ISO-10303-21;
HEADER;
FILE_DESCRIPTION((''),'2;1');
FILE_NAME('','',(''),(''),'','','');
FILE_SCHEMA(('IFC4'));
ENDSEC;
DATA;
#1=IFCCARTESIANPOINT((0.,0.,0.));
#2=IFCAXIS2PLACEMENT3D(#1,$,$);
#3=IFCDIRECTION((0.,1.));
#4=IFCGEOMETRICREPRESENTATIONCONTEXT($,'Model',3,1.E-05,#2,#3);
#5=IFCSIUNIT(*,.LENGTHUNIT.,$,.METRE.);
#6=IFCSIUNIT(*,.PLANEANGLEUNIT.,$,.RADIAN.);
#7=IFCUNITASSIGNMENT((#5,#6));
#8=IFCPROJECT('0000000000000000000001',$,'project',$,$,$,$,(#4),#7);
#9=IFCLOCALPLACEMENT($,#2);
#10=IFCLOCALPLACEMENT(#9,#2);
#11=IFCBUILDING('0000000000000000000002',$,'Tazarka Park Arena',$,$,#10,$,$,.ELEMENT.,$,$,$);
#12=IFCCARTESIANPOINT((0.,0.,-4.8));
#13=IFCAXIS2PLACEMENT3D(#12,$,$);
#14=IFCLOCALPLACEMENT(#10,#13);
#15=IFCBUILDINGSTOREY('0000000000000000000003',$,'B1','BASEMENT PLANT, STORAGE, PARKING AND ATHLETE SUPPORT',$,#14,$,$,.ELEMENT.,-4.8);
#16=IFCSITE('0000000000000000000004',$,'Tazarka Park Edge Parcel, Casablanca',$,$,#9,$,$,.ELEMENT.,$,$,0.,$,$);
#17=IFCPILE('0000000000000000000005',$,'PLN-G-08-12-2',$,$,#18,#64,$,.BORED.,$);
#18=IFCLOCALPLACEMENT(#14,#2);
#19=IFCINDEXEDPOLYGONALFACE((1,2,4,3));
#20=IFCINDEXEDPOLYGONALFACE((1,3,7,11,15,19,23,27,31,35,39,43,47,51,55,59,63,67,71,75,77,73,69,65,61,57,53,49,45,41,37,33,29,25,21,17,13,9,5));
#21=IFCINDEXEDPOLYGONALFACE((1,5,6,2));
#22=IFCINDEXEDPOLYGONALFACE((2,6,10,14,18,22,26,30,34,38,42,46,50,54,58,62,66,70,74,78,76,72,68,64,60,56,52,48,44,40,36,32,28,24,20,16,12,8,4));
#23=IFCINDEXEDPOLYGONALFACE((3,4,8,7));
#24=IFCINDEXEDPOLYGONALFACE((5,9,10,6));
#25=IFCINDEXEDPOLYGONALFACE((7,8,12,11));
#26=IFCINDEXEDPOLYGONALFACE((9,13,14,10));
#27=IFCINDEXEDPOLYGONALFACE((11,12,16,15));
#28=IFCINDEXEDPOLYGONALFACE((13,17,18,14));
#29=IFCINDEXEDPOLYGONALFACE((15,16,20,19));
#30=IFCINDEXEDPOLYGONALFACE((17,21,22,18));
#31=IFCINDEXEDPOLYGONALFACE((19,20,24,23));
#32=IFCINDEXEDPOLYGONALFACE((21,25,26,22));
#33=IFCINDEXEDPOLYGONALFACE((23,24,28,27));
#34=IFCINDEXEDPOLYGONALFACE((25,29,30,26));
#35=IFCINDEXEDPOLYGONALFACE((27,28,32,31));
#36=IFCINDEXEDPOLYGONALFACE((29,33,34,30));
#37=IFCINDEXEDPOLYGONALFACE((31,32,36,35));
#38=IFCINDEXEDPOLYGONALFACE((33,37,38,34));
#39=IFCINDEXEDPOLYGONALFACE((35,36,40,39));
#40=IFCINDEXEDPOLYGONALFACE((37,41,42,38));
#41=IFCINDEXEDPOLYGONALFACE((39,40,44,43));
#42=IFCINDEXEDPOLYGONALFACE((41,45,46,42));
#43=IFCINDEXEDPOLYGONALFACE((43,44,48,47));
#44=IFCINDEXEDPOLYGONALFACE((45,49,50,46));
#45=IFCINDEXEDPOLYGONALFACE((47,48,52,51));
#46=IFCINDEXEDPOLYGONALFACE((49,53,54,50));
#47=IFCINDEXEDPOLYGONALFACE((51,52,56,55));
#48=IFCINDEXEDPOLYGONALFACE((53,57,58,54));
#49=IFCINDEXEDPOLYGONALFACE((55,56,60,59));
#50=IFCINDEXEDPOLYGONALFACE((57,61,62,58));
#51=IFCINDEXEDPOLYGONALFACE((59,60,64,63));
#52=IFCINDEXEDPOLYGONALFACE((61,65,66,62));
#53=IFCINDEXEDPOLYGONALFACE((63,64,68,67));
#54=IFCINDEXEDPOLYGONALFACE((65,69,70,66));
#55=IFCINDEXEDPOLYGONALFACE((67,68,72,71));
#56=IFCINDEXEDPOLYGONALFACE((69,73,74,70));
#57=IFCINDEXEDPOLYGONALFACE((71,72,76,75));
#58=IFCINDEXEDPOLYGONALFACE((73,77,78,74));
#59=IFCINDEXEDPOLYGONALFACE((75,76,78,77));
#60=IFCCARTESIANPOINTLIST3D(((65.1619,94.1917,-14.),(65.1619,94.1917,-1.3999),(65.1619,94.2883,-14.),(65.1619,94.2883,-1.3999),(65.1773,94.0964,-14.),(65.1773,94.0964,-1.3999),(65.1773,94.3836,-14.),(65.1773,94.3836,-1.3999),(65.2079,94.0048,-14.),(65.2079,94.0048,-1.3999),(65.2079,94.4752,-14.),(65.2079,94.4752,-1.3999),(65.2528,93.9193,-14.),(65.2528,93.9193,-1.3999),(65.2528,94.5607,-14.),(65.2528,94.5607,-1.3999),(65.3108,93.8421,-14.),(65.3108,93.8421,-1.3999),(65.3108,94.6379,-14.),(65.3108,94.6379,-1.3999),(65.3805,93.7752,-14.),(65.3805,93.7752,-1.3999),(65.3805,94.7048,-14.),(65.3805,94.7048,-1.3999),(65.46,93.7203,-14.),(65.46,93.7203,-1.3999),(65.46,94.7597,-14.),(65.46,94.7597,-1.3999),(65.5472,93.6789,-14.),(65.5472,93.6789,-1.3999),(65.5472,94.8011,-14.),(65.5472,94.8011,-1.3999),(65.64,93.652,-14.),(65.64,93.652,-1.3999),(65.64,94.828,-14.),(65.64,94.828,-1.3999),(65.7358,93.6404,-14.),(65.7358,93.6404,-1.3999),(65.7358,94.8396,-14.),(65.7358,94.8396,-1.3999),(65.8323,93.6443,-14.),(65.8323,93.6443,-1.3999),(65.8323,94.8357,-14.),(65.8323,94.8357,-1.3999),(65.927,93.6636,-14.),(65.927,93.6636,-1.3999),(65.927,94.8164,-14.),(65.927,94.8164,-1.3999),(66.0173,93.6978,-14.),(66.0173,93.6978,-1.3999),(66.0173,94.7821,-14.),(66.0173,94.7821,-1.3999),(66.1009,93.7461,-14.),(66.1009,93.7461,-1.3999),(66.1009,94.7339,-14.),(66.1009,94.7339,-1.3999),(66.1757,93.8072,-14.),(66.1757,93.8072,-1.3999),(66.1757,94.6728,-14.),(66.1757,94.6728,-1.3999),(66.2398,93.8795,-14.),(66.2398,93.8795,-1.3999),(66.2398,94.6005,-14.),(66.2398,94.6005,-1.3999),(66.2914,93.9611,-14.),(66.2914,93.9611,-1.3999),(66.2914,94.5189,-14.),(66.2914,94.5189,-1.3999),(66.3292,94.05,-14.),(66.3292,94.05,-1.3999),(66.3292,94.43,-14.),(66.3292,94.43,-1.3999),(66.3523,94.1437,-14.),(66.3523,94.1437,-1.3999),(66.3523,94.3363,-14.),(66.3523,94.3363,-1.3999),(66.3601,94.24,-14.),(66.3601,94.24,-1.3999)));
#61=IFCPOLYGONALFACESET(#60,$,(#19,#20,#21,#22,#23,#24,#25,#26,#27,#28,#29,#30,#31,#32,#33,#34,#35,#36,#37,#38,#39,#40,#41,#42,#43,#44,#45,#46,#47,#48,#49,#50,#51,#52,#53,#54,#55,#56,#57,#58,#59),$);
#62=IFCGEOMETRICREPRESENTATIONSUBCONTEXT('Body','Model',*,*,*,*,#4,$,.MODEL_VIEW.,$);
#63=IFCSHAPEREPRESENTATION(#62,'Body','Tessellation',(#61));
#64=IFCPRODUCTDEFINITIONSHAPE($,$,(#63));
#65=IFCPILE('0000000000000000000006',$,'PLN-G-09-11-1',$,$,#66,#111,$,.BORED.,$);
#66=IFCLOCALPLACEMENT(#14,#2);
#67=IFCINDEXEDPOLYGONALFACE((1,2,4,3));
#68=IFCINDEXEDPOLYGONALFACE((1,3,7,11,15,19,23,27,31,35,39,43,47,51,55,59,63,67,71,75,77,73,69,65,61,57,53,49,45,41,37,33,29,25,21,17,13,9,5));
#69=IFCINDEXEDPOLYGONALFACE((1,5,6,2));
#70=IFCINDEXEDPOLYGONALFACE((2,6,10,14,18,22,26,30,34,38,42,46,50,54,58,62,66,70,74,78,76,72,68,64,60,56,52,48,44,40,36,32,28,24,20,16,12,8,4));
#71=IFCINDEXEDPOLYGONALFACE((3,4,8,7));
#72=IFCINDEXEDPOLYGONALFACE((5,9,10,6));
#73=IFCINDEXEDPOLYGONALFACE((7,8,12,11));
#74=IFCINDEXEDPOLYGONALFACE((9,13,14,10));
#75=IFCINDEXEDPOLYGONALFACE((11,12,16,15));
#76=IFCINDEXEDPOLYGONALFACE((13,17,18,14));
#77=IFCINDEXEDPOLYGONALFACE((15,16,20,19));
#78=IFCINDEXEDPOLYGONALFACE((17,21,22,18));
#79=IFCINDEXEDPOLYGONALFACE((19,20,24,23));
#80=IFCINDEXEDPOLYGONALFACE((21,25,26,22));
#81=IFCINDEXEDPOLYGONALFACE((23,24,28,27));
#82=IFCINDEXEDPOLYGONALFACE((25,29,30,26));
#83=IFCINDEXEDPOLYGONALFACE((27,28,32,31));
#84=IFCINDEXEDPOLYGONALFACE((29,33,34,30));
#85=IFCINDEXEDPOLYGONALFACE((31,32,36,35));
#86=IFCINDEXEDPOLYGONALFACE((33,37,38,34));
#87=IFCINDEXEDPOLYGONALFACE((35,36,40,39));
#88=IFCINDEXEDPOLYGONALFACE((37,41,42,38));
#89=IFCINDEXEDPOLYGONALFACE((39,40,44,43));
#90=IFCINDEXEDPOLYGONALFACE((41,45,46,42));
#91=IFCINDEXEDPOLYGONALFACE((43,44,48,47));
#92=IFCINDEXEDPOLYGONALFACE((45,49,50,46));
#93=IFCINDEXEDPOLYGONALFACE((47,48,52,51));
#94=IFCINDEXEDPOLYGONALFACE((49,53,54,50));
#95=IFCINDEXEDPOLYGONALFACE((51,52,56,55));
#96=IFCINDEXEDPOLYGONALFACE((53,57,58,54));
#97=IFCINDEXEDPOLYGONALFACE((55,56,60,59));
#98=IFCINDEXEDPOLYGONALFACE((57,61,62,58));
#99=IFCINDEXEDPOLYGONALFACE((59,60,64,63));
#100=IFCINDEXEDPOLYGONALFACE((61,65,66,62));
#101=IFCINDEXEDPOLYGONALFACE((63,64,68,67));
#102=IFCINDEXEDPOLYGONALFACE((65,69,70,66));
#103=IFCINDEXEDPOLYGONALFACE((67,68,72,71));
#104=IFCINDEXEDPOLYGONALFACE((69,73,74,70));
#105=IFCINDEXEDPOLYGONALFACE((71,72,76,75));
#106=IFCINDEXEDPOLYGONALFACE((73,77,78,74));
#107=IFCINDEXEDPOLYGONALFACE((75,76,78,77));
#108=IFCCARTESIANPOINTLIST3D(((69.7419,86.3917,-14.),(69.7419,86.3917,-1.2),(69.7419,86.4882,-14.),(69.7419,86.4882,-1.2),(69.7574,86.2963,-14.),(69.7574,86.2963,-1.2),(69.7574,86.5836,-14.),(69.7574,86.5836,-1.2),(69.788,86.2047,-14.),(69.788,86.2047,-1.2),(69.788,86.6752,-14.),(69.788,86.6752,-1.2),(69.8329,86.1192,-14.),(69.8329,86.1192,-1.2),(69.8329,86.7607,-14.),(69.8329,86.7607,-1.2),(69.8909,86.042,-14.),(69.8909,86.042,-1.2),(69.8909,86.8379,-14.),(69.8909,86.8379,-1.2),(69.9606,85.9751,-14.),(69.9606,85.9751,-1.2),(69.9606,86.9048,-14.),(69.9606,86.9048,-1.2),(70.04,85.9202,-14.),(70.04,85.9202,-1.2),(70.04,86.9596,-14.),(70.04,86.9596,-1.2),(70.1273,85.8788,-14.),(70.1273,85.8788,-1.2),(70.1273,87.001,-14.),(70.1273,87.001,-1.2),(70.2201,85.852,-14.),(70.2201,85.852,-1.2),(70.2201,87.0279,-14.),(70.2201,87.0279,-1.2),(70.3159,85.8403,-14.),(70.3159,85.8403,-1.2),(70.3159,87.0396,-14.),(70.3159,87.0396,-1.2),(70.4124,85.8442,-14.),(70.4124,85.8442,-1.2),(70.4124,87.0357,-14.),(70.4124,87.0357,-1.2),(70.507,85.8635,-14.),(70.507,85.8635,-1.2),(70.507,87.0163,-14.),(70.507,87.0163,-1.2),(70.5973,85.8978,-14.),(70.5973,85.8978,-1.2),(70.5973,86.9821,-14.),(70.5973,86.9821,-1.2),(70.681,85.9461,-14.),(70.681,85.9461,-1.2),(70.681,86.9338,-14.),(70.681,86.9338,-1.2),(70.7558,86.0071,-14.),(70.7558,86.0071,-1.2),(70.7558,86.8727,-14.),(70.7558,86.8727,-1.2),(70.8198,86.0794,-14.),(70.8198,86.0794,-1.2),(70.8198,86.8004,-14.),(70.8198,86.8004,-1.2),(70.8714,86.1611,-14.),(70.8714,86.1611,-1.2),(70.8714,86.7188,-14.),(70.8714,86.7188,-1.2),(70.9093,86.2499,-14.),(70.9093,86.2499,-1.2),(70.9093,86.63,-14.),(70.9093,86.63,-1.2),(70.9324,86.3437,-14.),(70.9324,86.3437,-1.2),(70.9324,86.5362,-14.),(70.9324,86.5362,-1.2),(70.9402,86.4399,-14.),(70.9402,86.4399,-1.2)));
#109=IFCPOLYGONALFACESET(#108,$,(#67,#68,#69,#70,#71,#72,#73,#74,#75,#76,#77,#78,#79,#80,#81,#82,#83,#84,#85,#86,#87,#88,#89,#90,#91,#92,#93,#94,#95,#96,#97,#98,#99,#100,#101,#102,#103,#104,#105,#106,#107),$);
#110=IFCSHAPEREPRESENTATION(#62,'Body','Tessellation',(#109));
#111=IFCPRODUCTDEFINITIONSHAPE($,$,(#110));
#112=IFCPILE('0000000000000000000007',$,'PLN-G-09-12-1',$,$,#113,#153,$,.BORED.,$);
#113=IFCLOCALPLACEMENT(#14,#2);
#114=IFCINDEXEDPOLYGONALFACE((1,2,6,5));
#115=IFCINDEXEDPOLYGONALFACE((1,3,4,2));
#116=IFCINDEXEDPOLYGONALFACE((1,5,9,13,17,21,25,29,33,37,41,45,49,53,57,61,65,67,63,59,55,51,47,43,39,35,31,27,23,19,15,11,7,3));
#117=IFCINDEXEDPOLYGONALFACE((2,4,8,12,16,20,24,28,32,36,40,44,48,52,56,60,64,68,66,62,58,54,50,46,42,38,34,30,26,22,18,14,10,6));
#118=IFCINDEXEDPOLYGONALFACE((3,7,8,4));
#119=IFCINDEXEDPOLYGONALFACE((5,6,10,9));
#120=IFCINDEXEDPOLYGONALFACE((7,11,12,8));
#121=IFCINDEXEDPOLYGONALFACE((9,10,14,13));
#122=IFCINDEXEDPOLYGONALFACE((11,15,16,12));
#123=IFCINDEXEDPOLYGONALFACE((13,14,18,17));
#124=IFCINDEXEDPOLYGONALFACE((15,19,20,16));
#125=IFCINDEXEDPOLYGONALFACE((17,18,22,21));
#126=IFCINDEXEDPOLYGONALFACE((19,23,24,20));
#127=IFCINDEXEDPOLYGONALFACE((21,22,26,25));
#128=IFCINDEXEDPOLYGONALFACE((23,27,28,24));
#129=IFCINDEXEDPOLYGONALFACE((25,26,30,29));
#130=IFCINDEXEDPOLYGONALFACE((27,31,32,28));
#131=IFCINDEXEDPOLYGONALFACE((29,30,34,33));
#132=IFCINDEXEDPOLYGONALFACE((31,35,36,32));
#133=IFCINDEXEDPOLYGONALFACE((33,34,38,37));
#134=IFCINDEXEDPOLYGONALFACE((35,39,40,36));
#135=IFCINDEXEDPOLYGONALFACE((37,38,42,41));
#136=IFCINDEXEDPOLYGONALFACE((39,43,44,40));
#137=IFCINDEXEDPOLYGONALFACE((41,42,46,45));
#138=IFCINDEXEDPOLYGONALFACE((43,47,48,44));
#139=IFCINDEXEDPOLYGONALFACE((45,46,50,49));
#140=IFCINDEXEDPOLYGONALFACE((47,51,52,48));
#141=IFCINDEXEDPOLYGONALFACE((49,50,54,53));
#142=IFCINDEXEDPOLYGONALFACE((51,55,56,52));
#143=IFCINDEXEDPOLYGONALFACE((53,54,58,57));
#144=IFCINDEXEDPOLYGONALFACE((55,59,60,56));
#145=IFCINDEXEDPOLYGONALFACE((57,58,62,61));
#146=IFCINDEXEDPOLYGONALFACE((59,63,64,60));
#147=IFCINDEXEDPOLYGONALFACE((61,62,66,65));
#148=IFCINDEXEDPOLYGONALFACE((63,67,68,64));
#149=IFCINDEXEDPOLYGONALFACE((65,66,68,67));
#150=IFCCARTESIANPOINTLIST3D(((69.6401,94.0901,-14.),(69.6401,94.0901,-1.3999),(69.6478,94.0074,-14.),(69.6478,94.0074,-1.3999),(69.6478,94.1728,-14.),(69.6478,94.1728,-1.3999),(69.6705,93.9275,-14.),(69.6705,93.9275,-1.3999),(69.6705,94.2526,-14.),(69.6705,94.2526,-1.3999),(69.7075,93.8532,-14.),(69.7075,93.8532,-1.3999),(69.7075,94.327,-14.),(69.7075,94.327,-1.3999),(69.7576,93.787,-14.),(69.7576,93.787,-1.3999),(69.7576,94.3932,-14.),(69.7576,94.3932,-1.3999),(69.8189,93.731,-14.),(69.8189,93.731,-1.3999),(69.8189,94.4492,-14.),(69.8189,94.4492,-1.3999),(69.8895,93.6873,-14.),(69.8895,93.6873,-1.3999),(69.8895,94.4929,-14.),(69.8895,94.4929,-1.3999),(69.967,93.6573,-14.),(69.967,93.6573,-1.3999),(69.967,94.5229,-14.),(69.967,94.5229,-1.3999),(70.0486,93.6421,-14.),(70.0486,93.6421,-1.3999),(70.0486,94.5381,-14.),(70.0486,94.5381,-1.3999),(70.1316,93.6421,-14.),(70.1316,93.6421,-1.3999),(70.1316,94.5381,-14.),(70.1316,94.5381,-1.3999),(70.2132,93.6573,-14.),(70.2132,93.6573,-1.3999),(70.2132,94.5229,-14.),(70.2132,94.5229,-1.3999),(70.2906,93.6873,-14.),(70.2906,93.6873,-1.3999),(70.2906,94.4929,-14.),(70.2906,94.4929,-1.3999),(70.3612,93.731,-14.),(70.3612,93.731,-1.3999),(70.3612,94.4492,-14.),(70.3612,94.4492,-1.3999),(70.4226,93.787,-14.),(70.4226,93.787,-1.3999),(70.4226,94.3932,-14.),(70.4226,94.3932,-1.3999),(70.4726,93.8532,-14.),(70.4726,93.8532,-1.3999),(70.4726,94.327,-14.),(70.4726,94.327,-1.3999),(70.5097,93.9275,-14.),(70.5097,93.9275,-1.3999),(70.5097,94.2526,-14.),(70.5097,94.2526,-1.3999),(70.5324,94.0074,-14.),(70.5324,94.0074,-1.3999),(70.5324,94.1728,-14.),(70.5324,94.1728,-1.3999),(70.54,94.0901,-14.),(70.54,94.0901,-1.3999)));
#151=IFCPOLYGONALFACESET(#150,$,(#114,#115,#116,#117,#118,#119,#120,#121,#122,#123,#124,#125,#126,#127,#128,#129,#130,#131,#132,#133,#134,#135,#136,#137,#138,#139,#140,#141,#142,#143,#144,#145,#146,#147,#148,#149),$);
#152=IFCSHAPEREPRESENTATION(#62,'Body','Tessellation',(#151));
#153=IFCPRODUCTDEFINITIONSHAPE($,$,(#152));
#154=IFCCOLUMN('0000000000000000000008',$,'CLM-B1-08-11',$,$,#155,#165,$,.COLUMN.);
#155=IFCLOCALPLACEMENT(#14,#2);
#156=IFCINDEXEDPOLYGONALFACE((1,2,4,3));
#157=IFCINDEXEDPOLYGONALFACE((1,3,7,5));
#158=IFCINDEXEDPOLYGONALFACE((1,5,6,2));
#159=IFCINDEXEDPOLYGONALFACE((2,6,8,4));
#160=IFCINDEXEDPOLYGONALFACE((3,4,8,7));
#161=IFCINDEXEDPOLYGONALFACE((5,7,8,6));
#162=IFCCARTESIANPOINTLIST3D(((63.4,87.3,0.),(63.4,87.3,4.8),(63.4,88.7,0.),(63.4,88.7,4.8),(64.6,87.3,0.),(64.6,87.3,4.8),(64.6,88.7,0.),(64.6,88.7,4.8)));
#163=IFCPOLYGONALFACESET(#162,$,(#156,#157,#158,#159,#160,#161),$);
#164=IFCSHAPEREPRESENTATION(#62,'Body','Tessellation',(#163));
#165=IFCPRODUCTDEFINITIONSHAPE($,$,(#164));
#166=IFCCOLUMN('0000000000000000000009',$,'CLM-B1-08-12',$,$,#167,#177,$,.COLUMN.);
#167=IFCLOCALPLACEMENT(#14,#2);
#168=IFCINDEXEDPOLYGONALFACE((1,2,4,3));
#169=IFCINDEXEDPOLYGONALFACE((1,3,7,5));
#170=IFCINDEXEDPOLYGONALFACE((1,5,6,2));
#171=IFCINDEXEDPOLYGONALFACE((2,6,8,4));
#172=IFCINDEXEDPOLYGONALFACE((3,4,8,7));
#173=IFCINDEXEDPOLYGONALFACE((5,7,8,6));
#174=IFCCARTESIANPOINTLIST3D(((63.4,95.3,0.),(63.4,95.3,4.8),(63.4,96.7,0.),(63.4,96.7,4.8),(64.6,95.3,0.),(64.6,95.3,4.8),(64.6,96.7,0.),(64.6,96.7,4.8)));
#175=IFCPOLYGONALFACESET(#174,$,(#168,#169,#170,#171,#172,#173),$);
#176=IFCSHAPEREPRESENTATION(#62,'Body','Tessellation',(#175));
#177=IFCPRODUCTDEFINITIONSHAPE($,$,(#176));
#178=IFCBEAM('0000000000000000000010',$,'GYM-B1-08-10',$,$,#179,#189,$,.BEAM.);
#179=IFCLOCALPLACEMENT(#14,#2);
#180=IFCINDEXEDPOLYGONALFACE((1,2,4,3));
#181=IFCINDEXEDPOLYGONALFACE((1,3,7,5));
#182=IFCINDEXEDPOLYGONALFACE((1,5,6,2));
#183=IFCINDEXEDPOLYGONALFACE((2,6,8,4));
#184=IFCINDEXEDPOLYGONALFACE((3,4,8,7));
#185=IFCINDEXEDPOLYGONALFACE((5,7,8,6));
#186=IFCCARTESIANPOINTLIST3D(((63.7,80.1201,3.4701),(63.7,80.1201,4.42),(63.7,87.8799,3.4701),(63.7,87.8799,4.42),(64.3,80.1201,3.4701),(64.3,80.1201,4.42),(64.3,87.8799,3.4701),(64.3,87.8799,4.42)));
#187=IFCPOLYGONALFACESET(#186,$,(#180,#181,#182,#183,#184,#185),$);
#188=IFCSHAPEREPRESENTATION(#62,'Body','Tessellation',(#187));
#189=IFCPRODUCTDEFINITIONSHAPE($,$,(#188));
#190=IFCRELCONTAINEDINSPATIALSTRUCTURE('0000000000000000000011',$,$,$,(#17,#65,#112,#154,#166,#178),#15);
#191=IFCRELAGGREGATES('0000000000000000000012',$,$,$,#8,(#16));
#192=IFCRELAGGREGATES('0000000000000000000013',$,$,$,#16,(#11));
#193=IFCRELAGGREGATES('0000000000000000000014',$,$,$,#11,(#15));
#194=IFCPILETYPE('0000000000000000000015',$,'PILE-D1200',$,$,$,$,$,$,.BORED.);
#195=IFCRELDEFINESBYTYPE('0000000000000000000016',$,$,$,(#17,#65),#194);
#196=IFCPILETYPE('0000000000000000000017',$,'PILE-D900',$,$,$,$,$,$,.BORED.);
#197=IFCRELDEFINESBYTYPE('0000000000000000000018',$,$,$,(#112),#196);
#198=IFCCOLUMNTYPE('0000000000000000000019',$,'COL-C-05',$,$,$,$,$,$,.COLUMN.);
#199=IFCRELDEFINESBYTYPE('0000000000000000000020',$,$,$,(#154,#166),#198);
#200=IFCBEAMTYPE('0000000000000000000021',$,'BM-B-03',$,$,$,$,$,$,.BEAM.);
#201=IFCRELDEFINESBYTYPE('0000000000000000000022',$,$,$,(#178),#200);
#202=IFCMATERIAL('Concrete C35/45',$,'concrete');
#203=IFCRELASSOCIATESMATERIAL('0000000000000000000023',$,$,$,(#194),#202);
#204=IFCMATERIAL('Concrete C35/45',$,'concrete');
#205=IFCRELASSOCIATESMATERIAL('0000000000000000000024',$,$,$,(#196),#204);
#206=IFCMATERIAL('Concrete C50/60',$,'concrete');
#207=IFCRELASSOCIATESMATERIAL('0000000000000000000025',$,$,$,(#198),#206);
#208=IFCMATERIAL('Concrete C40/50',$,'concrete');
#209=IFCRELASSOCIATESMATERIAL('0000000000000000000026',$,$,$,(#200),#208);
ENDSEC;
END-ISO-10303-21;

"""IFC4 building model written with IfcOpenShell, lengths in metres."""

from ifc_helpers import new_model, si_unit, direction, frame, origin, origin_2d, place, context, subcontext, project, spatial, rectangle, circle, extrude, material, material_profile, profile_set, type_object, element, save


model = new_model("IFC4")

# Units and contexts
model_context = context("Model", 3, precision=1e-05, world=origin(), true_north=direction((0.0, 1.0)))
body_context = subcontext(model_context, "Body", "Model", "MODEL_VIEW")
ifc_project = project(units=[si_unit("LENGTHUNIT", "METRE"), si_unit("PLANEANGLEUNIT", "RADIAN")], contexts=[model_context])

# Site, building, storey
site_placement = place(None, origin())
site = spatial("IfcSite", under=ifc_project, at=site_placement, Name="Tazarka Park Edge Parcel, Casablanca", CompositionType="ELEMENT", RefElevation=0.0)
building_placement = place(site_placement, origin())
building = spatial("IfcBuilding", under=site, at=building_placement, Name="Tazarka Park Arena", CompositionType="ELEMENT")
storey_placement = place(building_placement, frame((0.0, 0.0, -4.8)))
storey = spatial("IfcBuildingStorey", under=building, at=storey_placement, Name="B1", Description="BASEMENT PLANT, STORAGE, PARKING AND ATHLETE SUPPORT", CompositionType="ELEMENT", Elevation=-4.8)

# Piles
ifc_material_1 = material(Name="Concrete C35/45", Category="concrete")
ifc_material_profile_1 = material_profile(ifc_material_1, circle(Radius=0.6001, at=origin_2d()), Name="Concrete C35/45")
ifc_profile_set_1 = profile_set([ifc_material_profile_1], Name="Concrete C35/45")
pile_type_1 = type_object("IfcPileType", Name="PILE-D1200", PredefinedType="BORED", material=ifc_profile_set_1)
for number, where, z_axis, x_axis, name in (
    (1, (65.76, 94.24, -1.3999), (0.0, 0.0, -1.0), (1.0, 0.0, 0.0), "PLN-G-08-12-2"),
):
    element("IfcPile", number, at=place(storey_placement, frame(where, z_axis=z_axis, x_axis=x_axis)), inside=storey, type_object=pile_type_1, Name=name, PredefinedType="BORED", context=body_context, shape_type="SweptSolid", body=[
        extrude(circle(Radius=0.6001, at=origin_2d()), origin(), (0.0, 0.0, 1.0), 12.6001),
    ])
pile_1_placement = place(storey_placement, frame((70.3401, 86.4399, -1.2), z_axis=(0.0, 0.0, -1.0), x_axis=(1.0, 0.0, 0.0)))
element("IfcPile", 2, at=pile_1_placement, inside=storey, type_object=pile_type_1, Name="PLN-G-09-11-1", PredefinedType="BORED", context=body_context, shape_type="SweptSolid", body=[
    extrude(circle(Radius=0.6001, at=origin_2d()), origin(), (0.0, 0.0, 1.0), 12.8),
])
ifc_material_2 = material(Name="Concrete C35/45", Category="concrete")
ifc_material_profile_2 = material_profile(ifc_material_2, circle(Radius=0.45, at=origin_2d()), Name="Concrete C35/45")
ifc_profile_set_2 = profile_set([ifc_material_profile_2], Name="Concrete C35/45")
pile_type_2 = type_object("IfcPileType", Name="PILE-D900", PredefinedType="BORED", material=ifc_profile_set_2)
pile_2_placement = place(storey_placement, frame((70.0901, 94.0901, -1.3999), z_axis=(0.0, 0.0, -1.0), x_axis=(1.0, 0.0, 0.0)))
element("IfcPile", 3, at=pile_2_placement, inside=storey, type_object=pile_type_2, Name="PLN-G-09-12-1", PredefinedType="BORED", context=body_context, shape_type="SweptSolid", body=[
    extrude(circle(Radius=0.45, at=origin_2d()), origin(), (0.0, 0.0, 1.0), 12.6001),
])

# Columns
ifc_material_3 = material(Name="Concrete C50/60", Category="concrete")
ifc_material_profile_3 = material_profile(ifc_material_3, rectangle(XDim=1.2, YDim=1.3999, at=origin_2d()), Name="Concrete C50/60")
ifc_profile_set_3 = profile_set([ifc_material_profile_3], Name="Concrete C50/60")
column_type = type_object("IfcColumnType", Name="COL-C-05", PredefinedType="COLUMN", material=ifc_profile_set_3)
for number, where, z_axis, x_axis, name in (
    (4, (64.0, 88.0, 0.0), (0.0, 0.0, 1.0), (1.0, 0.0, 0.0), "CLM-B1-08-11"),
    (5, (64.0, 96.0, 0.0), (0.0, 0.0, 1.0), (1.0, 0.0, 0.0), "CLM-B1-08-12"),
):
    element("IfcColumn", number, at=place(storey_placement, frame(where, z_axis=z_axis, x_axis=x_axis)), inside=storey, type_object=column_type, Name=name, PredefinedType="COLUMN", context=body_context, shape_type="SweptSolid", body=[
        extrude(rectangle(XDim=1.2, YDim=1.3999, at=origin_2d()), origin(), (0.0, 0.0, 1.0), 4.8),
    ])

# Beam
ifc_material_4 = material(Name="Concrete C40/50", Category="concrete")
ifc_material_profile_4 = material_profile(ifc_material_4, rectangle(XDim=0.6001, YDim=0.95, at=origin_2d()), Name="Concrete C40/50")
ifc_profile_set_4 = profile_set([ifc_material_profile_4], Name="Concrete C40/50")
beam_type_1 = type_object("IfcBeamType", Name="BM-B-03", PredefinedType="BEAM", material=ifc_profile_set_4)
for number, where, z_axis, x_axis, name in (
    (6, (64.0, 80.1201, 3.9451), (0.0, 1.0, 0.0), (-1.0, 0.0, 0.0), "GYM-B1-08-10"),
):
    element("IfcBeam", number, at=place(storey_placement, frame(where, z_axis=z_axis, x_axis=x_axis)), inside=storey, type_object=beam_type_1, Name=name, PredefinedType="BEAM", context=body_context, shape_type="SweptSolid", body=[
        extrude(rectangle(XDim=0.6001, YDim=0.95, at=origin_2d()), origin(), (0.0, 0.0, 1.0), 7.7598),
    ])

save(model, "model.ifc")
